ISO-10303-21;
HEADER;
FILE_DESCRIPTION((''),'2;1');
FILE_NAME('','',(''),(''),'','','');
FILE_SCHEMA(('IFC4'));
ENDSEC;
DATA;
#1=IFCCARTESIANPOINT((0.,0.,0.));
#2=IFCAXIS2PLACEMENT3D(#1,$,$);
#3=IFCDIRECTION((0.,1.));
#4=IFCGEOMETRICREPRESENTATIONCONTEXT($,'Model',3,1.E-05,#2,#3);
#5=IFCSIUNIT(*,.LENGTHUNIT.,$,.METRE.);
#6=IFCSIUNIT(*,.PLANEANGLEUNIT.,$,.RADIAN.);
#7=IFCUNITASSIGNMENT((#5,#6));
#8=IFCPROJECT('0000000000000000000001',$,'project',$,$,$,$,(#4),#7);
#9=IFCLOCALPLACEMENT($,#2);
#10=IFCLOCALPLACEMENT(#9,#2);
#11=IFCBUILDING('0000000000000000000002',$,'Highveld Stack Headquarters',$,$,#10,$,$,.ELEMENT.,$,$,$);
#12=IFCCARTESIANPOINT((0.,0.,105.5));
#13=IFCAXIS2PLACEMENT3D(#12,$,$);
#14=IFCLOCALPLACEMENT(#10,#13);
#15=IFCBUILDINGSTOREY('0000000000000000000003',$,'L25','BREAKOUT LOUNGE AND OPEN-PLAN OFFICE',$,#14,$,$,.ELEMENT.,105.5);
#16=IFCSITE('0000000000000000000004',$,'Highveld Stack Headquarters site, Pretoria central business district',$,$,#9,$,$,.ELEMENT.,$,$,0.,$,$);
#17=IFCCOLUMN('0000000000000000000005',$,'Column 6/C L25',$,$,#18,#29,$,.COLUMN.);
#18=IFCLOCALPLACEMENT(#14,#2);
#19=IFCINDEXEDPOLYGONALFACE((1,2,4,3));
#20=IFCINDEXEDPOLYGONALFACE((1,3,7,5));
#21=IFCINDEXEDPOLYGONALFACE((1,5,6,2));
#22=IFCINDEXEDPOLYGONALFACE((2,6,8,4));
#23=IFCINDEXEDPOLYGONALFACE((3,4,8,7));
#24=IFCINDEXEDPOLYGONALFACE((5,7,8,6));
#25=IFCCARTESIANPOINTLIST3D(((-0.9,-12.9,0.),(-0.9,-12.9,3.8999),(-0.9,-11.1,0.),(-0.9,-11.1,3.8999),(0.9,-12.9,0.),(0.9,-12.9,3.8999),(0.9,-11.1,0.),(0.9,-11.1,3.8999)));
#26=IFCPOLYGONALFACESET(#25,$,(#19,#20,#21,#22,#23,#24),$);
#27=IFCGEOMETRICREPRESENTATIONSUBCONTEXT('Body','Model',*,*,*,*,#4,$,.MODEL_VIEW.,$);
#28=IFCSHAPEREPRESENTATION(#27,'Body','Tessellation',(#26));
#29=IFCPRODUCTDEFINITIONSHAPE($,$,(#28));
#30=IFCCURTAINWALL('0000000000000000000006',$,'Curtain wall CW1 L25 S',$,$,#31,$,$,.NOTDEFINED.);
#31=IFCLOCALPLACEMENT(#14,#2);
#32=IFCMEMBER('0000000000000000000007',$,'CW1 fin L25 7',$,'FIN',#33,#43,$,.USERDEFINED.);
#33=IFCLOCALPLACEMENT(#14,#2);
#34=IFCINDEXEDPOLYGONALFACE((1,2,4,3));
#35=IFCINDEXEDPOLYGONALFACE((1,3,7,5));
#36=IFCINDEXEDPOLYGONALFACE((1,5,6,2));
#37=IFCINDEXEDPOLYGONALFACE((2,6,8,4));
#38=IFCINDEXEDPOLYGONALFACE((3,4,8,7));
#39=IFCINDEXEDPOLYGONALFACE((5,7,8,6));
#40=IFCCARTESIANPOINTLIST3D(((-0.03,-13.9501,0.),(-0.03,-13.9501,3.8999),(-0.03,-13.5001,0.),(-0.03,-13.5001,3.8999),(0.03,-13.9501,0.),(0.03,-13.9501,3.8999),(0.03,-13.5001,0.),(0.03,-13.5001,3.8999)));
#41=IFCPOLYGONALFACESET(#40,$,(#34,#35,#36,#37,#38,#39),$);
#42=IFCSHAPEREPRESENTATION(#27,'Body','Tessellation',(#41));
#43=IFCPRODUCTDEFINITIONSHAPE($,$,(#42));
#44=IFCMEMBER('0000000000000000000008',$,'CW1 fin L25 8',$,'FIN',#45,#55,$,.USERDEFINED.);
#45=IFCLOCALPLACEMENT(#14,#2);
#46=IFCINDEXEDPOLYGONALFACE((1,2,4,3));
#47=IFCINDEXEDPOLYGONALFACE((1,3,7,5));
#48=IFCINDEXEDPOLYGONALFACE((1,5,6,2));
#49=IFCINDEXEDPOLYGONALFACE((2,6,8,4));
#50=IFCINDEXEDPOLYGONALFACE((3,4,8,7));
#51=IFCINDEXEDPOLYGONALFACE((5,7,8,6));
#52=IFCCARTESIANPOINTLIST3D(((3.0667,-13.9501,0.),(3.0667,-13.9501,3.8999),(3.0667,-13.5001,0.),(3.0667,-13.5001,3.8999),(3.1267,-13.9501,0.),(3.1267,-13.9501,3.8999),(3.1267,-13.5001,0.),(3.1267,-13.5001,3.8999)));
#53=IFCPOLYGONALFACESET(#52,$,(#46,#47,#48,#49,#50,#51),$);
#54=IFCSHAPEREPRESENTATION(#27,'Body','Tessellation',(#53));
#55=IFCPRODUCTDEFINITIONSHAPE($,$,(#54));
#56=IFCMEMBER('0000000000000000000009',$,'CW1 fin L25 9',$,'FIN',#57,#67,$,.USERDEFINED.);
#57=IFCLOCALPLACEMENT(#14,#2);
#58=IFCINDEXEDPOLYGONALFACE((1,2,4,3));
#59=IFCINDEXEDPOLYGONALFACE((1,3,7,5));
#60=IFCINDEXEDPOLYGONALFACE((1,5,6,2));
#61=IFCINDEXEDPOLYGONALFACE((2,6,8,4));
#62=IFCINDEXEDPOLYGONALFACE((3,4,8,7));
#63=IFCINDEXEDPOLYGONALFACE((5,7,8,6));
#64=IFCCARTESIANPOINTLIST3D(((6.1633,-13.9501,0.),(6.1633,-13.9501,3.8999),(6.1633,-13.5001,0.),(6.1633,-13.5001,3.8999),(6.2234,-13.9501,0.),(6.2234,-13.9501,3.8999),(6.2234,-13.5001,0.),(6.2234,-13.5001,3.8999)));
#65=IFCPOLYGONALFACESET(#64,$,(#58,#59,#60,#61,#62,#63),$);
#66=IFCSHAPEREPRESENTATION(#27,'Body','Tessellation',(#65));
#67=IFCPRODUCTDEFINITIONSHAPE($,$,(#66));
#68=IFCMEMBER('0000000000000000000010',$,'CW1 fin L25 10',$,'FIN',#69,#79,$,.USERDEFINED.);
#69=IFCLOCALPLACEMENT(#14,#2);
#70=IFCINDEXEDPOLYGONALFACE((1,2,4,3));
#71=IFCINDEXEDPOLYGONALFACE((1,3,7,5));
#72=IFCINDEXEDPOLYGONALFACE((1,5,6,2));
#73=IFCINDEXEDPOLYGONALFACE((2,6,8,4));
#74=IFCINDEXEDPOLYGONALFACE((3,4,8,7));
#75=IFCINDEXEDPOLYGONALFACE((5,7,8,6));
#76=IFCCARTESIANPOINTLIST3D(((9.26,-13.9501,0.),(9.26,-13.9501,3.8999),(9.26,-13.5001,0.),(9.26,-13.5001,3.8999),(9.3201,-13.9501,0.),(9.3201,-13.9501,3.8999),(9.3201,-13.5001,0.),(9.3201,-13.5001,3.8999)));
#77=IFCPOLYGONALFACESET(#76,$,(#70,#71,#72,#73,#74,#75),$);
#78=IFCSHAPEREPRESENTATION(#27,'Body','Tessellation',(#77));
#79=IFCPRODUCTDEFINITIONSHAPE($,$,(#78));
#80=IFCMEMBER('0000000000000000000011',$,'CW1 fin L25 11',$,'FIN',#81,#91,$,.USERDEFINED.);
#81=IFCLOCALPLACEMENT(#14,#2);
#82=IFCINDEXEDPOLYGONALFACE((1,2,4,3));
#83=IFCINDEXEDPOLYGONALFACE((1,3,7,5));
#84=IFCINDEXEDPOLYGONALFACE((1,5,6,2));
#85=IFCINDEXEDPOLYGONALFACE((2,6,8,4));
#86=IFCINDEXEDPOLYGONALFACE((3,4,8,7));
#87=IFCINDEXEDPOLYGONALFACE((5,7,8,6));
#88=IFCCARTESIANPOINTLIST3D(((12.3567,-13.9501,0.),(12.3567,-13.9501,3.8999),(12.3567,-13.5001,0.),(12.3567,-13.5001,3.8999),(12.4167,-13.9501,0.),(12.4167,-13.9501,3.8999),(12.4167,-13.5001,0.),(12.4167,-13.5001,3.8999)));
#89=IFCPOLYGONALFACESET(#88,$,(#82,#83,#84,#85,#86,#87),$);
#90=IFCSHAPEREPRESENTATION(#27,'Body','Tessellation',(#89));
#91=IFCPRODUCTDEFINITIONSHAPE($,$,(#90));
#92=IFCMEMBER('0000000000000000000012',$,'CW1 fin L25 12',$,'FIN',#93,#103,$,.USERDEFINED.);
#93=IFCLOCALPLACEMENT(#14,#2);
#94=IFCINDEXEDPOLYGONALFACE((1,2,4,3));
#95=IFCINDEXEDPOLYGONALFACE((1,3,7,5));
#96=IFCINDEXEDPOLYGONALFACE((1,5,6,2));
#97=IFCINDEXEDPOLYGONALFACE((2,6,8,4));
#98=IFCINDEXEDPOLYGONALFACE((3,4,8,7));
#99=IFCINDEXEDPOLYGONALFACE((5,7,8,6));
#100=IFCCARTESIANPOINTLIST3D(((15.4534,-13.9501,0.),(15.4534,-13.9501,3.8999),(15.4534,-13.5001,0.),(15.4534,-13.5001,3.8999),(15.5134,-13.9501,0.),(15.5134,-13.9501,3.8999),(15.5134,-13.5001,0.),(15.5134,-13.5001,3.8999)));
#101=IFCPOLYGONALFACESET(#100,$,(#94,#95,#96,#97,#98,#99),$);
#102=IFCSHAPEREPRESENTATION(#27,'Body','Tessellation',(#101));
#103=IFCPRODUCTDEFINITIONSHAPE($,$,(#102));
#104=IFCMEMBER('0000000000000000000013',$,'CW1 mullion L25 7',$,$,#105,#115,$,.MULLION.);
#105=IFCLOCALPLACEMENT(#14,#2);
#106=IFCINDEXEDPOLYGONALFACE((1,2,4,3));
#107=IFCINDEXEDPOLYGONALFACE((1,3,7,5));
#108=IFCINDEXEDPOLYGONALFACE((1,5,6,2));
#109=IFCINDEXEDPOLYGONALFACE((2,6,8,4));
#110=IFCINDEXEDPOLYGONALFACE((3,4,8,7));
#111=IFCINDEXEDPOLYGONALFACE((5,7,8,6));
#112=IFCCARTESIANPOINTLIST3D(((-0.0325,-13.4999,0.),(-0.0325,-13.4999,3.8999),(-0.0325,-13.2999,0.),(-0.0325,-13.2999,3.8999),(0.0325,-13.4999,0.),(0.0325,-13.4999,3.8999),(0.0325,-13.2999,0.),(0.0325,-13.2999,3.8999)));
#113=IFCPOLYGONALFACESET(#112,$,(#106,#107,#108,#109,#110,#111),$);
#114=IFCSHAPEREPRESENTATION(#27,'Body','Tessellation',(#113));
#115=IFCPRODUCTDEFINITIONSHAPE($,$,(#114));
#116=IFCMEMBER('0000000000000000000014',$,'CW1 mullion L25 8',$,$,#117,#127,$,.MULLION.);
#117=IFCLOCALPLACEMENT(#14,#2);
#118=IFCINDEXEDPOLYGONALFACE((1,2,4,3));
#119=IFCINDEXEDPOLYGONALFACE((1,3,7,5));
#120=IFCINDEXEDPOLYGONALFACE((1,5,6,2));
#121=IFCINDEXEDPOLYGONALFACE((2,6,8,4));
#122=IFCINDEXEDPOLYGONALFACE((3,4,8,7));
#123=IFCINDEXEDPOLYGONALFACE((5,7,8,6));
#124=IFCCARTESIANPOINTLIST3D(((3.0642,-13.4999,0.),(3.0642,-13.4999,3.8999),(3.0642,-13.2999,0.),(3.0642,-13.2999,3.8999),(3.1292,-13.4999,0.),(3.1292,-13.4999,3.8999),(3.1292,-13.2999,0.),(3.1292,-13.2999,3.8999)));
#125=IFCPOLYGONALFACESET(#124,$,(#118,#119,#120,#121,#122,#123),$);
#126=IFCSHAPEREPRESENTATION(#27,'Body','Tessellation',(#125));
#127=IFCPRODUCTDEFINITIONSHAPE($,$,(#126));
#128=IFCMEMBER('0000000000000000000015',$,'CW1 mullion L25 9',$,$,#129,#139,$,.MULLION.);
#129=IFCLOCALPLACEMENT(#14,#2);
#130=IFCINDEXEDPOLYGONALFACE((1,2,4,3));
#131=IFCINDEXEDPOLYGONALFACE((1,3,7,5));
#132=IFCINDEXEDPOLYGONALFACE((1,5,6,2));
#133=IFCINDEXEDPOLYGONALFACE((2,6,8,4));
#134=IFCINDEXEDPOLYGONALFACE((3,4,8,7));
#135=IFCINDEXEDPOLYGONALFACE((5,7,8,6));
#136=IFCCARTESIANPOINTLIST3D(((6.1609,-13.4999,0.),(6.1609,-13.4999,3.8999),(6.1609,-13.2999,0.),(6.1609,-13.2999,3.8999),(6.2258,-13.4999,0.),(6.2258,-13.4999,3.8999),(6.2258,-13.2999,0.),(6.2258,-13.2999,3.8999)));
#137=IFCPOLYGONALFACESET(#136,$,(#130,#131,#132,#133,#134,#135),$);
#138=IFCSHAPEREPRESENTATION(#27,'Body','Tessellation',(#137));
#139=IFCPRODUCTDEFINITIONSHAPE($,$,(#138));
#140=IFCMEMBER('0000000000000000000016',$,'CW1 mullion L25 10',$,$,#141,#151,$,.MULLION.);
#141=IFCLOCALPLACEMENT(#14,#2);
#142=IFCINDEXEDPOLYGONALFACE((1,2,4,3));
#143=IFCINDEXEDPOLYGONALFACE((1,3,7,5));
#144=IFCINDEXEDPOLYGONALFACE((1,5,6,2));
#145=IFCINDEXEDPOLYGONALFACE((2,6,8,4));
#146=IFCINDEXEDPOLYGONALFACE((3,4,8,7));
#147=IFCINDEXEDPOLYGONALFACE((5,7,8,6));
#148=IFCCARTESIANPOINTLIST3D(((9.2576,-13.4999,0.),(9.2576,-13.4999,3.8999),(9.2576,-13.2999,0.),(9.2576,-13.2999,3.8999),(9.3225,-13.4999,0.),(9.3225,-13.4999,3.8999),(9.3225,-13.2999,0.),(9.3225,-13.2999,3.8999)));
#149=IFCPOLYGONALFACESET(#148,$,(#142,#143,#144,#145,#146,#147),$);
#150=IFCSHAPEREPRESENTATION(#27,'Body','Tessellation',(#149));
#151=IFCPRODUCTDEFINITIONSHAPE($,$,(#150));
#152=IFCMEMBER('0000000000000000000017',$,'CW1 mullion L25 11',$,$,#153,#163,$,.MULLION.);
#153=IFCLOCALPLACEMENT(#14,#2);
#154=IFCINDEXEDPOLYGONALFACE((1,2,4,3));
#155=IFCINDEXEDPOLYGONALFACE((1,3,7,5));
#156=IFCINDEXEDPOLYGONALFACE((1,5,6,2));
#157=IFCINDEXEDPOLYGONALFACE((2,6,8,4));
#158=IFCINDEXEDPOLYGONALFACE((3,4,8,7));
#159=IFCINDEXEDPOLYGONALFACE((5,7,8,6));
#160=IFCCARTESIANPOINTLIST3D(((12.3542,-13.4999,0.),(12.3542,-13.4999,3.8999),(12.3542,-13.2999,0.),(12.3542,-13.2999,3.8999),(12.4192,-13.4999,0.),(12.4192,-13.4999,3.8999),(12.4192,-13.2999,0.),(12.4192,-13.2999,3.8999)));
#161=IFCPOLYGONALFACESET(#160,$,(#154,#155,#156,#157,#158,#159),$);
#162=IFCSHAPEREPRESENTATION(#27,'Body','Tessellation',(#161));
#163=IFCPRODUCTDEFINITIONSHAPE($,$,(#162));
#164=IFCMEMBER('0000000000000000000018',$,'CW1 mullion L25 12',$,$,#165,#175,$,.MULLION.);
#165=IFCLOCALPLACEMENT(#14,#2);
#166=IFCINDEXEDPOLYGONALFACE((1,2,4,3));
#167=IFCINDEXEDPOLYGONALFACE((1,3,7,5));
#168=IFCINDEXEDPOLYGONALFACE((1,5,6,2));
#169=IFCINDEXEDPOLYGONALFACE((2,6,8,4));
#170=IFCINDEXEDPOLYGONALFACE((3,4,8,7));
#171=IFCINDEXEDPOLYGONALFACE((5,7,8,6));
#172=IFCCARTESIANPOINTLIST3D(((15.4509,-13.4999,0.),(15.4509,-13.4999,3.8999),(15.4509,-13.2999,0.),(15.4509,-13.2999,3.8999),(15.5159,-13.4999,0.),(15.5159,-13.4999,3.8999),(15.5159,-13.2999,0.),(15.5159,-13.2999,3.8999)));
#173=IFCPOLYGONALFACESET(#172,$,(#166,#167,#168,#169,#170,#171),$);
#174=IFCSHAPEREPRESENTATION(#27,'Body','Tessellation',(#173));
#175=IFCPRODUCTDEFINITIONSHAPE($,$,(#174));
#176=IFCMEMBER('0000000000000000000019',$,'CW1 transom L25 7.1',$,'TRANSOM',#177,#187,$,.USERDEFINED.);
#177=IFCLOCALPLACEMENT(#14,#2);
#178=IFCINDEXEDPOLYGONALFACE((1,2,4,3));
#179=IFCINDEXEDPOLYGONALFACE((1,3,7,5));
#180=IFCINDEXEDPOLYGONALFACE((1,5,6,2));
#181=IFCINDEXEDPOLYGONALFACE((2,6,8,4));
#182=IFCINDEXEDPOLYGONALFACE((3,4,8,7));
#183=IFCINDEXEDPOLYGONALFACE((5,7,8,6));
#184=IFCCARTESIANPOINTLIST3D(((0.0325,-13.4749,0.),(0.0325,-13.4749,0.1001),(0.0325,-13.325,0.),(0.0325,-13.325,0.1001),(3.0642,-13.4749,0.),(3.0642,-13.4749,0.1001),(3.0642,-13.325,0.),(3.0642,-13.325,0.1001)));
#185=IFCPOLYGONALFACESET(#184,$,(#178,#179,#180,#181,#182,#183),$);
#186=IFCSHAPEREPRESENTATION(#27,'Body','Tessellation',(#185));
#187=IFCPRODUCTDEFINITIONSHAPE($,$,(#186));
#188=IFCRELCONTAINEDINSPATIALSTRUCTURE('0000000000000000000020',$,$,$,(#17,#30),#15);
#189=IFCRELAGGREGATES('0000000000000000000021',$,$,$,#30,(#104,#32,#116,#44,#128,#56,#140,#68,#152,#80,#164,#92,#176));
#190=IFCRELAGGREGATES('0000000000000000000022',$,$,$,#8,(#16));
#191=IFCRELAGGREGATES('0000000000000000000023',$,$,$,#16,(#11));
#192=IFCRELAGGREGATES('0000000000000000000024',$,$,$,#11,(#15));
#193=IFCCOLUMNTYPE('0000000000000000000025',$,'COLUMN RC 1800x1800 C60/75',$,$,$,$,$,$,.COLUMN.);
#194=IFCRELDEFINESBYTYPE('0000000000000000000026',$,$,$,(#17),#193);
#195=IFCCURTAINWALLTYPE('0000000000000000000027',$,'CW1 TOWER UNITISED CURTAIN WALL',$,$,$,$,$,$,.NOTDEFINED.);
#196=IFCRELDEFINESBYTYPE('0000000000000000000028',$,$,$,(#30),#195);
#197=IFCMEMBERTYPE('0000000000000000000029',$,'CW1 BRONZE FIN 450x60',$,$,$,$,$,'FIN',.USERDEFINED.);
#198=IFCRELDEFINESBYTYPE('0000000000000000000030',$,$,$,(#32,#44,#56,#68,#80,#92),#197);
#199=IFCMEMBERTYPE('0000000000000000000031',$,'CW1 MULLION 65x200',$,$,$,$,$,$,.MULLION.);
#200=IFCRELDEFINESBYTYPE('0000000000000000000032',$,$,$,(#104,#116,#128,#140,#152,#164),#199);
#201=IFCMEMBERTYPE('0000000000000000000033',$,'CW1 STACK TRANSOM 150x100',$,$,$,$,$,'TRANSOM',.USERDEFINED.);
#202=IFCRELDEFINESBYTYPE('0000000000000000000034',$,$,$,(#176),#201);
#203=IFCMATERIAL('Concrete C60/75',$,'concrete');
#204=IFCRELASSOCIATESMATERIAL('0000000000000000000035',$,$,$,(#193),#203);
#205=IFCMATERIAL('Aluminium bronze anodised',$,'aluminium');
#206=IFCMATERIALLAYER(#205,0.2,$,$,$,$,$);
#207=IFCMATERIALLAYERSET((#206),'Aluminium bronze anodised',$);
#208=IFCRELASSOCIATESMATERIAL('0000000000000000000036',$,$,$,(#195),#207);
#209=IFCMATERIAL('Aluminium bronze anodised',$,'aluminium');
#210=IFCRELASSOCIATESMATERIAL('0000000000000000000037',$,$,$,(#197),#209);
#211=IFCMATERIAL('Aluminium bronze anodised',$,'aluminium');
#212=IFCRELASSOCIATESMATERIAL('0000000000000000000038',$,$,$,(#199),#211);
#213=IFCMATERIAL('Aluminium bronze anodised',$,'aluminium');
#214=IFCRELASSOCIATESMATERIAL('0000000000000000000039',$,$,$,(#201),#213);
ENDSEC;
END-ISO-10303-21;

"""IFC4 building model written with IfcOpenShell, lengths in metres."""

from ifc_helpers import new_model, si_unit, direction, frame, origin, origin_2d, place, context, subcontext, project, spatial, rectangle, extrude, material, layer, layer_set, material_profile, profile_set, type_object, element, aggregate, save


model = new_model("IFC4")

# Units and contexts
model_context = context("Model", 3, precision=1e-05, world=origin(), true_north=direction((0.0, 1.0)))
body_context = subcontext(model_context, "Body", "Model", "MODEL_VIEW")
ifc_project = project(units=[si_unit("LENGTHUNIT", "METRE"), si_unit("PLANEANGLEUNIT", "RADIAN")], contexts=[model_context])

# Site, building, storey
site_placement = place(None, origin())
site = spatial("IfcSite", under=ifc_project, at=site_placement, Name="Highveld Stack Headquarters site, Pretoria central business district", CompositionType="ELEMENT", RefElevation=0.0)
building_placement = place(site_placement, origin())
building = spatial("IfcBuilding", under=site, at=building_placement, Name="Highveld Stack Headquarters", CompositionType="ELEMENT")
storey_placement = place(building_placement, frame((0.0, 0.0, 105.5)))
storey = spatial("IfcBuildingStorey", under=building, at=storey_placement, Name="L25", Description="BREAKOUT LOUNGE AND OPEN-PLAN OFFICE", CompositionType="ELEMENT", Elevation=105.5)

# Column
ifc_material_1 = material(Name="Concrete C60/75", Category="concrete")
ifc_material_profile_1 = material_profile(ifc_material_1, rectangle(XDim=1.8, YDim=1.8, at=origin_2d()), Name="RC 1800x1800")
ifc_profile_set_1 = profile_set([ifc_material_profile_1], Name="Concrete C60/75")
column_type = type_object("IfcColumnType", Name="COLUMN RC 1800x1800 C60/75", PredefinedType="COLUMN", material=ifc_profile_set_1)
column_placement = place(storey_placement, frame((0.0, -12.0, 0.0), z_axis=(0.0, 0.0, 1.0), x_axis=(1.0, 0.0, 0.0)))
element("IfcColumn", 1, at=column_placement, inside=storey, type_object=column_type, Name="Column 6/C L25", PredefinedType="COLUMN", context=body_context, shape_type="SweptSolid", body=[
    extrude(rectangle(XDim=1.8, YDim=1.8, at=origin_2d()), origin(), (0.0, 0.0, 1.0), 3.8999),
])

# Curtain wall, members
ifc_material_2 = material(Name="Aluminium bronze anodised", Category="aluminium")
ifc_layer_1 = layer(ifc_material_2, 0.2)
ifc_layer_set_1 = layer_set([ifc_layer_1], Name="Aluminium bronze anodised")
curtain_wall_type = type_object("IfcCurtainWallType", Name="CW1 TOWER UNITISED CURTAIN WALL", PredefinedType="NOTDEFINED", material=ifc_layer_set_1)
curtain_wall_placement = place(storey_placement, origin())
curtain_wall = element("IfcCurtainWall", 2, at=curtain_wall_placement, inside=storey, type_object=curtain_wall_type, Name="Curtain wall CW1 L25 S", PredefinedType="NOTDEFINED")
ifc_material_3 = material(Name="Aluminium bronze anodised", Category="aluminium")
ifc_material_profile_2 = material_profile(ifc_material_3, rectangle(XDim=0.45, YDim=0.0601, at=origin_2d()), Name="FIN 450x60")
ifc_profile_set_2 = profile_set([ifc_material_profile_2], Name="Aluminium bronze anodised")
member_type_1 = type_object("IfcMemberType", Name="CW1 BRONZE FIN 450x60", ElementType="FIN", PredefinedType="USERDEFINED", material=ifc_profile_set_2)
member_1_placement = place(storey_placement, frame((0.0, -13.7251, 0.0), z_axis=(0.0, 0.0, 1.0), x_axis=(0.0, 1.0, 0.0)))
member_1 = element("IfcMember", 3, at=member_1_placement, type_object=member_type_1, Name="CW1 fin L25 7", ObjectType="FIN", PredefinedType="USERDEFINED", context=body_context, shape_type="SweptSolid", body=[
    extrude(rectangle(XDim=0.45, YDim=0.0601, at=origin_2d()), origin(), (0.0, 0.0, 1.0), 3.8999),
])
member_2_placement = place(storey_placement, frame((3.0967, -13.7251, 0.0), z_axis=(0.0, 0.0, 1.0), x_axis=(0.0, 1.0, 0.0)))
member_2 = element("IfcMember", 4, at=member_2_placement, type_object=member_type_1, Name="CW1 fin L25 8", ObjectType="FIN", PredefinedType="USERDEFINED", context=body_context, shape_type="SweptSolid", body=[
    extrude(rectangle(XDim=0.45, YDim=0.0601, at=origin_2d()), origin(), (0.0, 0.0, 1.0), 3.8999),
])
member_3_placement = place(storey_placement, frame((6.1934, -13.7251, 0.0), z_axis=(0.0, 0.0, 1.0), x_axis=(0.0, 1.0, 0.0)))
member_3 = element("IfcMember", 5, at=member_3_placement, type_object=member_type_1, Name="CW1 fin L25 9", ObjectType="FIN", PredefinedType="USERDEFINED", context=body_context, shape_type="SweptSolid", body=[
    extrude(rectangle(XDim=0.45, YDim=0.0601, at=origin_2d()), origin(), (0.0, 0.0, 1.0), 3.8999),
])
member_4_placement = place(storey_placement, frame((9.29, -13.7251, 0.0), z_axis=(0.0, 0.0, 1.0), x_axis=(0.0, 1.0, 0.0)))
member_4 = element("IfcMember", 6, at=member_4_placement, type_object=member_type_1, Name="CW1 fin L25 10", ObjectType="FIN", PredefinedType="USERDEFINED", context=body_context, shape_type="SweptSolid", body=[
    extrude(rectangle(XDim=0.45, YDim=0.0601, at=origin_2d()), origin(), (0.0, 0.0, 1.0), 3.8999),
])
member_5_placement = place(storey_placement, frame((12.3867, -13.7251, 0.0), z_axis=(0.0, 0.0, 1.0), x_axis=(0.0, 1.0, 0.0)))
member_5 = element("IfcMember", 7, at=member_5_placement, type_object=member_type_1, Name="CW1 fin L25 11", ObjectType="FIN", PredefinedType="USERDEFINED", context=body_context, shape_type="SweptSolid", body=[
    extrude(rectangle(XDim=0.45, YDim=0.0601, at=origin_2d()), origin(), (0.0, 0.0, 1.0), 3.8999),
])
member_6_placement = place(storey_placement, frame((15.4834, -13.7251, 0.0), z_axis=(0.0, 0.0, 1.0), x_axis=(0.0, 1.0, 0.0)))
member_6 = element("IfcMember", 8, at=member_6_placement, type_object=member_type_1, Name="CW1 fin L25 12", ObjectType="FIN", PredefinedType="USERDEFINED", context=body_context, shape_type="SweptSolid", body=[
    extrude(rectangle(XDim=0.45, YDim=0.0601, at=origin_2d()), origin(), (0.0, 0.0, 1.0), 3.8999),
])
ifc_material_4 = material(Name="Aluminium bronze anodised", Category="aluminium")
ifc_material_profile_3 = material_profile(ifc_material_4, rectangle(XDim=0.2, YDim=0.0649, at=origin_2d()), Name="CW1 MULLION 65x200")
ifc_profile_set_3 = profile_set([ifc_material_profile_3], Name="Aluminium bronze anodised")
member_type_2 = type_object("IfcMemberType", Name="CW1 MULLION 65x200", PredefinedType="MULLION", material=ifc_profile_set_3)
member_7_placement = place(storey_placement, frame((0.0, -13.3999, 0.0), z_axis=(0.0, 0.0, 1.0), x_axis=(0.0, 1.0, 0.0)))
member_7 = element("IfcMember", 9, at=member_7_placement, type_object=member_type_2, Name="CW1 mullion L25 7", PredefinedType="MULLION", context=body_context, shape_type="SweptSolid", body=[
    extrude(rectangle(XDim=0.2, YDim=0.0649, at=origin_2d()), origin(), (0.0, 0.0, 1.0), 3.8999),
])
member_8_placement = place(storey_placement, frame((3.0967, -13.3999, 0.0), z_axis=(0.0, 0.0, 1.0), x_axis=(0.0, 1.0, 0.0)))
member_8 = element("IfcMember", 10, at=member_8_placement, type_object=member_type_2, Name="CW1 mullion L25 8", PredefinedType="MULLION", context=body_context, shape_type="SweptSolid", body=[
    extrude(rectangle(XDim=0.2, YDim=0.0649, at=origin_2d()), origin(), (0.0, 0.0, 1.0), 3.8999),
])
member_9_placement = place(storey_placement, frame((6.1934, -13.3999, 0.0), z_axis=(0.0, 0.0, 1.0), x_axis=(0.0, 1.0, 0.0)))
member_9 = element("IfcMember", 11, at=member_9_placement, type_object=member_type_2, Name="CW1 mullion L25 9", PredefinedType="MULLION", context=body_context, shape_type="SweptSolid", body=[
    extrude(rectangle(XDim=0.2, YDim=0.0649, at=origin_2d()), origin(), (0.0, 0.0, 1.0), 3.8999),
])
member_10_placement = place(storey_placement, frame((9.29, -13.3999, 0.0), z_axis=(0.0, 0.0, 1.0), x_axis=(0.0, 1.0, 0.0)))
member_10 = element("IfcMember", 12, at=member_10_placement, type_object=member_type_2, Name="CW1 mullion L25 10", PredefinedType="MULLION", context=body_context, shape_type="SweptSolid", body=[
    extrude(rectangle(XDim=0.2, YDim=0.0649, at=origin_2d()), origin(), (0.0, 0.0, 1.0), 3.8999),
])
member_11_placement = place(storey_placement, frame((12.3867, -13.3999, 0.0), z_axis=(0.0, 0.0, 1.0), x_axis=(0.0, 1.0, 0.0)))
member_11 = element("IfcMember", 13, at=member_11_placement, type_object=member_type_2, Name="CW1 mullion L25 11", PredefinedType="MULLION", context=body_context, shape_type="SweptSolid", body=[
    extrude(rectangle(XDim=0.2, YDim=0.0649, at=origin_2d()), origin(), (0.0, 0.0, 1.0), 3.8999),
])
member_12_placement = place(storey_placement, frame((15.4834, -13.3999, 0.0), z_axis=(0.0, 0.0, 1.0), x_axis=(0.0, 1.0, 0.0)))
member_12 = element("IfcMember", 14, at=member_12_placement, type_object=member_type_2, Name="CW1 mullion L25 12", PredefinedType="MULLION", context=body_context, shape_type="SweptSolid", body=[
    extrude(rectangle(XDim=0.2, YDim=0.0649, at=origin_2d()), origin(), (0.0, 0.0, 1.0), 3.8999),
])
ifc_material_5 = material(Name="Aluminium bronze anodised", Category="aluminium")
ifc_material_profile_4 = material_profile(ifc_material_5, rectangle(XDim=0.1499, YDim=0.1001, at=origin_2d()), Name="CW1 TRANSOM 150x100")
ifc_profile_set_4 = profile_set([ifc_material_profile_4], Name="Aluminium bronze anodised")
member_type_3 = type_object("IfcMemberType", Name="CW1 STACK TRANSOM 150x100", ElementType="TRANSOM", PredefinedType="USERDEFINED", material=ifc_profile_set_4)
member_13_placement = place(storey_placement, frame((0.0325, -13.3999, 0.05), z_axis=(1.0, 0.0, 0.0), x_axis=(0.0, 1.0, 0.0)))
member_13 = element("IfcMember", 15, at=member_13_placement, type_object=member_type_3, Name="CW1 transom L25 7.1", ObjectType="TRANSOM", PredefinedType="USERDEFINED", context=body_context, shape_type="SweptSolid", body=[
    extrude(rectangle(XDim=0.1499, YDim=0.1001, at=origin_2d()), origin(), (0.0, 0.0, 1.0), 3.0317),
])
aggregate(curtain_wall, [member_7, member_1, member_8, member_2, member_9, member_3, member_10, member_4, member_11, member_5, member_12, member_6, member_13])

save(model, "model.ifc")
